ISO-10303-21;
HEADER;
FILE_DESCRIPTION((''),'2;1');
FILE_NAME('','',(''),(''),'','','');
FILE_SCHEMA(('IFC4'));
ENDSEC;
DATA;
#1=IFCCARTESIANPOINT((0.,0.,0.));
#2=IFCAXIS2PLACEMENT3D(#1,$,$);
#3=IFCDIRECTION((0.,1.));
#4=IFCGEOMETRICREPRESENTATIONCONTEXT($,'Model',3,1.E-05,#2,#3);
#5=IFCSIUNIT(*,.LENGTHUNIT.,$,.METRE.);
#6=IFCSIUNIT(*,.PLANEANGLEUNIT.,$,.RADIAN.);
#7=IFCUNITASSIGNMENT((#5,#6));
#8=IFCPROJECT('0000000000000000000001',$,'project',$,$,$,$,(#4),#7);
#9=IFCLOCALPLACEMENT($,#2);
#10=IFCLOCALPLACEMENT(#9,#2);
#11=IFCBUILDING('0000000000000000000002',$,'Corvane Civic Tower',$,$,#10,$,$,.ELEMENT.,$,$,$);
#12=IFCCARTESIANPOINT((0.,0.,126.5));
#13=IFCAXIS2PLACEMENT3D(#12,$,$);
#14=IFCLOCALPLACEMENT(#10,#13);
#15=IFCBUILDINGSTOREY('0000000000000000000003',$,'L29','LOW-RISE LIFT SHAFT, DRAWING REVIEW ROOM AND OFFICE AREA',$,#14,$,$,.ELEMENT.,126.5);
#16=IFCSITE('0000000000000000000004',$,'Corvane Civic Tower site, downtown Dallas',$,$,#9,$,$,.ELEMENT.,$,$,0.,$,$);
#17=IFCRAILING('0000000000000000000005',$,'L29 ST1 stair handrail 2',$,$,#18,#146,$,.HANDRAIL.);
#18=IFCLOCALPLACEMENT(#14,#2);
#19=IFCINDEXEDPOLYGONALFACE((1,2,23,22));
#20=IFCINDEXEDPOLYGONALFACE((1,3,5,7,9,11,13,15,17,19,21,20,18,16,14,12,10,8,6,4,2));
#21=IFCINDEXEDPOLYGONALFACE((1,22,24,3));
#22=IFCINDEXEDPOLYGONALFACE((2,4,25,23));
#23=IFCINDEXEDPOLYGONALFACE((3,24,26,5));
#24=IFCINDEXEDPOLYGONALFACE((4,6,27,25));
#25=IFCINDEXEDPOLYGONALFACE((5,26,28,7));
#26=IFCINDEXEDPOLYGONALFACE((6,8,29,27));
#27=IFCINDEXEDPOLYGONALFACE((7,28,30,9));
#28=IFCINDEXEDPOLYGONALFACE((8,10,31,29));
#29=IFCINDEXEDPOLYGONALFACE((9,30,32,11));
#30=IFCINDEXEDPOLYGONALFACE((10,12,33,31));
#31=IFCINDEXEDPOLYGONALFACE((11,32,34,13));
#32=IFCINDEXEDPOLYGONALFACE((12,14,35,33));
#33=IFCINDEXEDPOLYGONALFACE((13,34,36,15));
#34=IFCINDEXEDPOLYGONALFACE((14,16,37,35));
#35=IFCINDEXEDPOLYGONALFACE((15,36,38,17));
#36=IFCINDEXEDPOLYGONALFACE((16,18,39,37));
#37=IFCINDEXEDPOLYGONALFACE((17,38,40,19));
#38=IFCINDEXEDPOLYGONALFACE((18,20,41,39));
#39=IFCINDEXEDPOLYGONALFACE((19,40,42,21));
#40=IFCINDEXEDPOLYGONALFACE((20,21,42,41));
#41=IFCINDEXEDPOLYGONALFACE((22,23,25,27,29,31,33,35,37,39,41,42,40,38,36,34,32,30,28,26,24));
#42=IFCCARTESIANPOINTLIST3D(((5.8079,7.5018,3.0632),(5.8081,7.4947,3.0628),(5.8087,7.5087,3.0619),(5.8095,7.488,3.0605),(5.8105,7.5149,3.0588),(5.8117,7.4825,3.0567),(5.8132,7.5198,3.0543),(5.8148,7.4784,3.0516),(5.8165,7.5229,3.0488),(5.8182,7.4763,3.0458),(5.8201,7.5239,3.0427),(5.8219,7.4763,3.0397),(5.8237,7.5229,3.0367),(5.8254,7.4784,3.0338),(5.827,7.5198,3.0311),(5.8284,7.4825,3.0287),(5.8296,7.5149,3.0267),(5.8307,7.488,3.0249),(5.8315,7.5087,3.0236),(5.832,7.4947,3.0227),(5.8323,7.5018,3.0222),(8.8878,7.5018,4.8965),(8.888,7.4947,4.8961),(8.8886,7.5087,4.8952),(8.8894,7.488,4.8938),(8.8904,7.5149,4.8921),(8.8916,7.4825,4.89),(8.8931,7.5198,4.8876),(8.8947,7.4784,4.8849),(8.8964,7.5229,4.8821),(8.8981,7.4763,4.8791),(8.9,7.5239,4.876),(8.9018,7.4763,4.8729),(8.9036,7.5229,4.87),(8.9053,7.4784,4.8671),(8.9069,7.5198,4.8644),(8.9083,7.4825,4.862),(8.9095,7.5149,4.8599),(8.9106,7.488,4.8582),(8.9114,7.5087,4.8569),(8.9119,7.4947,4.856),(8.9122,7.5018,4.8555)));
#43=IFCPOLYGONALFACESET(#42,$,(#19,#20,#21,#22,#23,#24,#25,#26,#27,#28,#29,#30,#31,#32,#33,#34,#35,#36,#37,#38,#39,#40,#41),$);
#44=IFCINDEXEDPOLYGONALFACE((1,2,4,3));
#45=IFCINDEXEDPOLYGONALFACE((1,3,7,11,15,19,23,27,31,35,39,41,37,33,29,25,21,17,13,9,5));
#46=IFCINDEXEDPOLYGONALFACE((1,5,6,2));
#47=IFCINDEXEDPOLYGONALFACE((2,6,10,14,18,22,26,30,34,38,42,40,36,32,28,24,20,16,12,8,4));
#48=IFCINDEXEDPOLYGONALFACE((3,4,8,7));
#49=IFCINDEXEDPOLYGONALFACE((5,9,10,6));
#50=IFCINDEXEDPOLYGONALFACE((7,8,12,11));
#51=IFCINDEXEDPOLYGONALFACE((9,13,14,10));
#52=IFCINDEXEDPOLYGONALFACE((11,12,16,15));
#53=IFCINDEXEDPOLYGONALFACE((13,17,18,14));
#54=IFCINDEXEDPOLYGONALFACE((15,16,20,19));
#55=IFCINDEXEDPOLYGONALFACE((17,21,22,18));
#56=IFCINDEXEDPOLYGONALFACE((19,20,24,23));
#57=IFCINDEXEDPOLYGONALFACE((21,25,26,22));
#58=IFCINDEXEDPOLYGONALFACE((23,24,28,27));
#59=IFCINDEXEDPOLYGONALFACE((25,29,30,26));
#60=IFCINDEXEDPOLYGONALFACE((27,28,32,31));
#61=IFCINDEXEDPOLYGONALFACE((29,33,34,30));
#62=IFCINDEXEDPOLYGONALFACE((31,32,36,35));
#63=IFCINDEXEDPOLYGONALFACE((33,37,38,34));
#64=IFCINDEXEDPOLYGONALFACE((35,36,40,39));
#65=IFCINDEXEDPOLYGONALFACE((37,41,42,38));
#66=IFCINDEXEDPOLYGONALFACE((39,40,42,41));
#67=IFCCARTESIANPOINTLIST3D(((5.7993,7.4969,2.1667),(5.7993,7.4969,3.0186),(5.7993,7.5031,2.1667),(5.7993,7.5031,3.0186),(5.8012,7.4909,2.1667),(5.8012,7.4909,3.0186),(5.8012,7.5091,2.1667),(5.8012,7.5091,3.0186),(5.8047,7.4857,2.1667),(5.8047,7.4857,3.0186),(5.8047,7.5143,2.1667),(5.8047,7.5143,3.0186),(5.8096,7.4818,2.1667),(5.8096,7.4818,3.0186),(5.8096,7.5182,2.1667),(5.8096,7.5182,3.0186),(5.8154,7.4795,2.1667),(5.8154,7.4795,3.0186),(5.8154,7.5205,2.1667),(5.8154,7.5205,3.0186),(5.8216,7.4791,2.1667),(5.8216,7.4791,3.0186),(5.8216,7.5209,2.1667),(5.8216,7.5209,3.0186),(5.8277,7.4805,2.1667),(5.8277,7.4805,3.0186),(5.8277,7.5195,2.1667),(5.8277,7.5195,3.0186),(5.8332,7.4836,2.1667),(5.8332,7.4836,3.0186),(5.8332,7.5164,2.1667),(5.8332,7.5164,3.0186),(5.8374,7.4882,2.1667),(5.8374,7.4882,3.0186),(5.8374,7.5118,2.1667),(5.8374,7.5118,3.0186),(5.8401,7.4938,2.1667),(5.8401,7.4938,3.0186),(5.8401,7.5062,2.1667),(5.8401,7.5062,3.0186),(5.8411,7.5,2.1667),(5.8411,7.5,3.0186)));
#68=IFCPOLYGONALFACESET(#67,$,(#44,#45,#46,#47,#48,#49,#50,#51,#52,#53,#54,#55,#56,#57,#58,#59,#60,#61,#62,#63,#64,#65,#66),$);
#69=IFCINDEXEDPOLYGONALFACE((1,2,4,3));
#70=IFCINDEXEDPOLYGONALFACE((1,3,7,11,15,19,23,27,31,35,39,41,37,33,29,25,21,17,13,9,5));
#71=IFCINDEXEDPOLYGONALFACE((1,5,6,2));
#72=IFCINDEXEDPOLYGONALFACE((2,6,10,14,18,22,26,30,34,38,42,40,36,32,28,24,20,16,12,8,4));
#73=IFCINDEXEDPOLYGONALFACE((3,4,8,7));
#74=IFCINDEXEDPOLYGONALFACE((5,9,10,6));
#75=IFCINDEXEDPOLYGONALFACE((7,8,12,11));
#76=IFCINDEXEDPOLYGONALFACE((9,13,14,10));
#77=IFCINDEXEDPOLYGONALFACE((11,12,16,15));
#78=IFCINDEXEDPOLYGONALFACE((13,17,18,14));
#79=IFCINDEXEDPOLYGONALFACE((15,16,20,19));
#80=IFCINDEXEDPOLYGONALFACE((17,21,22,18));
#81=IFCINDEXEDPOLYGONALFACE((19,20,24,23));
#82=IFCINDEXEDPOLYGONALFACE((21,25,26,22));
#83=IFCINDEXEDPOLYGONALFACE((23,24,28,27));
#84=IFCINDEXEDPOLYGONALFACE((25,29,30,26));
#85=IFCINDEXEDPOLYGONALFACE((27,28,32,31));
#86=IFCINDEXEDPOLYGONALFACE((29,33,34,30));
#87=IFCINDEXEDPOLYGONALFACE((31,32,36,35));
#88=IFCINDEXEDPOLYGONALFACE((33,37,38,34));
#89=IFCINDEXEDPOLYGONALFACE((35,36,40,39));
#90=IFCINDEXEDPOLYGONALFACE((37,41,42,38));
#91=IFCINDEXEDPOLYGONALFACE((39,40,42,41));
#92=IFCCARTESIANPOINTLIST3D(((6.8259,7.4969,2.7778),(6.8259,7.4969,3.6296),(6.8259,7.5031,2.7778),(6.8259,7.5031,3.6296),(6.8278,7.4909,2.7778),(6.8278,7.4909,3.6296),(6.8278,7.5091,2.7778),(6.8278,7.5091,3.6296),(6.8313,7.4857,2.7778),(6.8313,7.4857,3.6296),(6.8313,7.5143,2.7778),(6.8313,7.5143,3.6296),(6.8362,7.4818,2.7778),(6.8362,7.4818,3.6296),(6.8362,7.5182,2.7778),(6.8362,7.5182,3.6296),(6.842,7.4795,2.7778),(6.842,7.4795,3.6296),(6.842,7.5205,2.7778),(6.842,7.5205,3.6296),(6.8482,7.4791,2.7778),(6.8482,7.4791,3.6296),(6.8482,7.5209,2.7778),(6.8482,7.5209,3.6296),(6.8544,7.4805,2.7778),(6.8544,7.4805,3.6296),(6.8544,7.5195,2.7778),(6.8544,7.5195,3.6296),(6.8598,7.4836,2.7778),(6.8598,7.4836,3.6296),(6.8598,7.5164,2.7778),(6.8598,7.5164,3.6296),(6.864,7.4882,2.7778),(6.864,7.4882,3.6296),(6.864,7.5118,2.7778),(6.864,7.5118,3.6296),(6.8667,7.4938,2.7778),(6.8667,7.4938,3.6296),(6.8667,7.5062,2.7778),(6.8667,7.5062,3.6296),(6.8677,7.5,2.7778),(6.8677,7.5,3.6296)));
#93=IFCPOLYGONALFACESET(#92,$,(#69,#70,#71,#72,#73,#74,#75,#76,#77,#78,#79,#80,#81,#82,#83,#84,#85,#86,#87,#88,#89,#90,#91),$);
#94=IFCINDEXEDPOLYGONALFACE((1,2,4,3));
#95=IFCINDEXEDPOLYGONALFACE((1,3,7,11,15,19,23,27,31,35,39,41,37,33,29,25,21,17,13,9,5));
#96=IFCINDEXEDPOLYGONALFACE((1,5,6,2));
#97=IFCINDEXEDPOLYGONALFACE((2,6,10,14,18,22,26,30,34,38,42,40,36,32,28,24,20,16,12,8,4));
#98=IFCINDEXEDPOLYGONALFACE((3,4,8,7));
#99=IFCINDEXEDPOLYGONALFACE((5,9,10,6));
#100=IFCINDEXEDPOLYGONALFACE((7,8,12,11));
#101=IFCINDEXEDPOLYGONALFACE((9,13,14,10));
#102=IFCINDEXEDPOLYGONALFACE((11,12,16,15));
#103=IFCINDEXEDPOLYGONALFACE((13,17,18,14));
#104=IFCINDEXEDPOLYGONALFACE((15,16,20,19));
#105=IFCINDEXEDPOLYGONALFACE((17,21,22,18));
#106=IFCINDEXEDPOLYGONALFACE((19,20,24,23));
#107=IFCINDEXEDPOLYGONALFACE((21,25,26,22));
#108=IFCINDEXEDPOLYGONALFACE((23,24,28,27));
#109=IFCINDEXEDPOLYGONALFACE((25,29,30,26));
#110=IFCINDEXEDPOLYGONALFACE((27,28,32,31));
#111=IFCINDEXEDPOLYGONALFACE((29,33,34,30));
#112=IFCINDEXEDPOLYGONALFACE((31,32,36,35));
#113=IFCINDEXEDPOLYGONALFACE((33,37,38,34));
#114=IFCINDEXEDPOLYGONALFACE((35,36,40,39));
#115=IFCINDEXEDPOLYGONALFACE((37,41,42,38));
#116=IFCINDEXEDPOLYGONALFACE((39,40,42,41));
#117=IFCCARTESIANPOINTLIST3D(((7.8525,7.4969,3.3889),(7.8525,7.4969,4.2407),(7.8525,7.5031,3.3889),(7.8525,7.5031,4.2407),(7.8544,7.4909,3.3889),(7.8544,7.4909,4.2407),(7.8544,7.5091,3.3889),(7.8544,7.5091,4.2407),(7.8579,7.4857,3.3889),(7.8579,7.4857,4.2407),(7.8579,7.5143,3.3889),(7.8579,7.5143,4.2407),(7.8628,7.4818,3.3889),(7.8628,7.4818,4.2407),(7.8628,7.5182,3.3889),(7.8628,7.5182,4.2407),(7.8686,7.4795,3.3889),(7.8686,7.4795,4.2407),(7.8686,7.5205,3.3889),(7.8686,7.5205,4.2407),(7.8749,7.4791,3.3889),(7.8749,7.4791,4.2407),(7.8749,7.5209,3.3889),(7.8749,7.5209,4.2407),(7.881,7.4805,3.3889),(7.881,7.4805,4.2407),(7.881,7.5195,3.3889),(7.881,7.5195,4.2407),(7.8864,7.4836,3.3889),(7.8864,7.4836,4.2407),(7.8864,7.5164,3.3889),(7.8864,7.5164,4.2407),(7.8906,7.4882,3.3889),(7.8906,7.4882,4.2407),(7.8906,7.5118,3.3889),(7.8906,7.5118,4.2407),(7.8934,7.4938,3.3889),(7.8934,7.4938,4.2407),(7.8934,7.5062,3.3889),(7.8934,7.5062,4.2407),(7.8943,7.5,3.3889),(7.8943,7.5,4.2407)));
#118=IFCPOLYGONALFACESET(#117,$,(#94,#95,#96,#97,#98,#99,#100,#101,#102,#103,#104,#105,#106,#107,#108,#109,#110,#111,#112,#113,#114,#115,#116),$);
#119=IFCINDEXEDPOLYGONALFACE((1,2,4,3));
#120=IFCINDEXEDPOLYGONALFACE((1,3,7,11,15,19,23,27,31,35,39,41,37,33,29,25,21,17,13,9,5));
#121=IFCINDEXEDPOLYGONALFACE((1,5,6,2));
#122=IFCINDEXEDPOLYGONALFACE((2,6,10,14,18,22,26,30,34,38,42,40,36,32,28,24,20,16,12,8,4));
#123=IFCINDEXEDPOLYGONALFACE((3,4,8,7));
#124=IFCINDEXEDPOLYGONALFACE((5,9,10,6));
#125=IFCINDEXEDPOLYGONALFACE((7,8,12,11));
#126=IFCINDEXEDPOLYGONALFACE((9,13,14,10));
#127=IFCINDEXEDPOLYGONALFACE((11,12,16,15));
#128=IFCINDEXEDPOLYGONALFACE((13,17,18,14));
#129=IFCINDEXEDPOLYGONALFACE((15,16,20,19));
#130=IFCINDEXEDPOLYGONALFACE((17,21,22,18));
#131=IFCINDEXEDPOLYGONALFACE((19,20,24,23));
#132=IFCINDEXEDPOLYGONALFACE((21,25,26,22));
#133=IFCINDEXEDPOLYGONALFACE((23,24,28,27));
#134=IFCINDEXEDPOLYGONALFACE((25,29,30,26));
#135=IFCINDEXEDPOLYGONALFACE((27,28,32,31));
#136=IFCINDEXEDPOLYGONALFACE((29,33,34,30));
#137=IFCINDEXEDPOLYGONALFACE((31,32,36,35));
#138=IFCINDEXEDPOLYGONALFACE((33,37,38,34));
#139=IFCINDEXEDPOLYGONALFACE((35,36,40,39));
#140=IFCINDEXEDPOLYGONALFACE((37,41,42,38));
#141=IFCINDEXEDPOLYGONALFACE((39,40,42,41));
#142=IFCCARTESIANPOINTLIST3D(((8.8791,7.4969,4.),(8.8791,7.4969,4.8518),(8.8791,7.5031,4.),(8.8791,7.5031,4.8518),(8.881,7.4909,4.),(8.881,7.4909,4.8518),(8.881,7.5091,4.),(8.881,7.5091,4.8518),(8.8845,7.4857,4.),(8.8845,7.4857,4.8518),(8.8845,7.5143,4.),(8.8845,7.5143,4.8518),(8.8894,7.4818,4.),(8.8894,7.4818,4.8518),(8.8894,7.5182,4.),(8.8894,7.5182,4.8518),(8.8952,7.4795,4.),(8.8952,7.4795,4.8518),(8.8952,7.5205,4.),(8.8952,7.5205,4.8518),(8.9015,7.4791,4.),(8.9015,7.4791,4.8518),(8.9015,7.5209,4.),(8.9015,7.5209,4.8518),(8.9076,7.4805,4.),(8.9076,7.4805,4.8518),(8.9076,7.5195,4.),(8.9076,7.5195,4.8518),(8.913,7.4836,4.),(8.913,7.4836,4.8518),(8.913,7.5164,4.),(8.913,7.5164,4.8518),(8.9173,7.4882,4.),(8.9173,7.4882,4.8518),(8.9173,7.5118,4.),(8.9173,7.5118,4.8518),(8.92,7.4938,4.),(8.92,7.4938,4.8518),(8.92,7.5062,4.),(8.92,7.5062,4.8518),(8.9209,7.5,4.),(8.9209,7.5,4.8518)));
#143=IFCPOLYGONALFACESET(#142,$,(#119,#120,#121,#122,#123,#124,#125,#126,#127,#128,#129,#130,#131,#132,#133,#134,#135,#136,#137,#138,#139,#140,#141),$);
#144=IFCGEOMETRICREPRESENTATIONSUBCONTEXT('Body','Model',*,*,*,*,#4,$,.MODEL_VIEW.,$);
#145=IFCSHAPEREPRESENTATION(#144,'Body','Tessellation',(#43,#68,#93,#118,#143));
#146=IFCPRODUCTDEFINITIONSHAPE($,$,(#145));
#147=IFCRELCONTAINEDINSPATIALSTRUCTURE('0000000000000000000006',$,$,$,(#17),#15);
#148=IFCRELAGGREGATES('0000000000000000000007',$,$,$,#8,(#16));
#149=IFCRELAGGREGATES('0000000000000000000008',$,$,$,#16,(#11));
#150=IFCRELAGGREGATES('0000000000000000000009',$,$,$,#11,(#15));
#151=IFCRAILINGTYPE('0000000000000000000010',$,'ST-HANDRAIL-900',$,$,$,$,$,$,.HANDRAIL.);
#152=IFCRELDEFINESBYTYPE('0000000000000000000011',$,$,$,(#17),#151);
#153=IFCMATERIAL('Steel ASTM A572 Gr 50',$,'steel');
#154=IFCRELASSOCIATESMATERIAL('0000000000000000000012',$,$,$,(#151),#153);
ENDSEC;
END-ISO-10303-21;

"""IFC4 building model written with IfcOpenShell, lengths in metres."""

from ifc_helpers import new_model, si_unit, direction, frame, origin, origin_2d, place, context, subcontext, project, spatial, circle, extrude, material, type_object, element, save


model = new_model("IFC4")

# Units and contexts
model_context = context("Model", 3, precision=1e-05, world=origin(), true_north=direction((0.0, 1.0)))
body_context = subcontext(model_context, "Body", "Model", "MODEL_VIEW")
ifc_project = project(units=[si_unit("LENGTHUNIT", "METRE"), si_unit("PLANEANGLEUNIT", "RADIAN")], contexts=[model_context])

# Site, building, storey
site_placement = place(None, origin())
site = spatial("IfcSite", under=ifc_project, at=site_placement, Name="Corvane Civic Tower site, downtown Dallas", CompositionType="ELEMENT", RefElevation=0.0)
building_placement = place(site_placement, origin())
building = spatial("IfcBuilding", under=site, at=building_placement, Name="Corvane Civic Tower", CompositionType="ELEMENT")
storey_placement = place(building_placement, frame((0.0, 0.0, 126.5)))
storey = spatial("IfcBuildingStorey", under=building, at=storey_placement, Name="L29", Description="LOW-RISE LIFT SHAFT, DRAWING REVIEW ROOM AND OFFICE AREA", CompositionType="ELEMENT", Elevation=126.5)

# Railing
ifc_material_1 = material(Name="Steel ASTM A572 Gr 50", Category="steel")
railing_type = type_object("IfcRailingType", Name="ST-HANDRAIL-900", PredefinedType="HANDRAIL", material=ifc_material_1)
railing_placement = place(storey_placement, frame((5.8201, 7.5, 2.1667)))
element("IfcRailing", 1, at=railing_placement, inside=storey, type_object=railing_type, Name="L29 ST1 stair handrail 2", PredefinedType="HANDRAIL", context=body_context, shape_type="SweptSolid", body=[
    extrude(circle(Radius=0.0239, at=origin_2d()), frame((0.0, 0.0, 0.876), z_axis=(0.859291, 0.0, 0.511487), x_axis=(0.0, 1.0, 0.0)), (0.0, 0.0, 1.0), 3.5842),
    extrude(circle(Radius=0.021, at=origin_2d()), origin(), (0.0, 0.0, 1.0), 0.8518),
    extrude(circle(Radius=0.021, at=origin_2d()), frame((1.0266, 0.0, 0.6111)), (0.0, 0.0, 1.0), 0.8518),
    extrude(circle(Radius=0.021, at=origin_2d()), frame((2.0532, 0.0, 1.2222)), (0.0, 0.0, 1.0), 0.8518),
    extrude(circle(Radius=0.021, at=origin_2d()), frame((3.0798, 0.0, 1.8333)), (0.0, 0.0, 1.0), 0.8518),
])

save(model, "model.ifc")
